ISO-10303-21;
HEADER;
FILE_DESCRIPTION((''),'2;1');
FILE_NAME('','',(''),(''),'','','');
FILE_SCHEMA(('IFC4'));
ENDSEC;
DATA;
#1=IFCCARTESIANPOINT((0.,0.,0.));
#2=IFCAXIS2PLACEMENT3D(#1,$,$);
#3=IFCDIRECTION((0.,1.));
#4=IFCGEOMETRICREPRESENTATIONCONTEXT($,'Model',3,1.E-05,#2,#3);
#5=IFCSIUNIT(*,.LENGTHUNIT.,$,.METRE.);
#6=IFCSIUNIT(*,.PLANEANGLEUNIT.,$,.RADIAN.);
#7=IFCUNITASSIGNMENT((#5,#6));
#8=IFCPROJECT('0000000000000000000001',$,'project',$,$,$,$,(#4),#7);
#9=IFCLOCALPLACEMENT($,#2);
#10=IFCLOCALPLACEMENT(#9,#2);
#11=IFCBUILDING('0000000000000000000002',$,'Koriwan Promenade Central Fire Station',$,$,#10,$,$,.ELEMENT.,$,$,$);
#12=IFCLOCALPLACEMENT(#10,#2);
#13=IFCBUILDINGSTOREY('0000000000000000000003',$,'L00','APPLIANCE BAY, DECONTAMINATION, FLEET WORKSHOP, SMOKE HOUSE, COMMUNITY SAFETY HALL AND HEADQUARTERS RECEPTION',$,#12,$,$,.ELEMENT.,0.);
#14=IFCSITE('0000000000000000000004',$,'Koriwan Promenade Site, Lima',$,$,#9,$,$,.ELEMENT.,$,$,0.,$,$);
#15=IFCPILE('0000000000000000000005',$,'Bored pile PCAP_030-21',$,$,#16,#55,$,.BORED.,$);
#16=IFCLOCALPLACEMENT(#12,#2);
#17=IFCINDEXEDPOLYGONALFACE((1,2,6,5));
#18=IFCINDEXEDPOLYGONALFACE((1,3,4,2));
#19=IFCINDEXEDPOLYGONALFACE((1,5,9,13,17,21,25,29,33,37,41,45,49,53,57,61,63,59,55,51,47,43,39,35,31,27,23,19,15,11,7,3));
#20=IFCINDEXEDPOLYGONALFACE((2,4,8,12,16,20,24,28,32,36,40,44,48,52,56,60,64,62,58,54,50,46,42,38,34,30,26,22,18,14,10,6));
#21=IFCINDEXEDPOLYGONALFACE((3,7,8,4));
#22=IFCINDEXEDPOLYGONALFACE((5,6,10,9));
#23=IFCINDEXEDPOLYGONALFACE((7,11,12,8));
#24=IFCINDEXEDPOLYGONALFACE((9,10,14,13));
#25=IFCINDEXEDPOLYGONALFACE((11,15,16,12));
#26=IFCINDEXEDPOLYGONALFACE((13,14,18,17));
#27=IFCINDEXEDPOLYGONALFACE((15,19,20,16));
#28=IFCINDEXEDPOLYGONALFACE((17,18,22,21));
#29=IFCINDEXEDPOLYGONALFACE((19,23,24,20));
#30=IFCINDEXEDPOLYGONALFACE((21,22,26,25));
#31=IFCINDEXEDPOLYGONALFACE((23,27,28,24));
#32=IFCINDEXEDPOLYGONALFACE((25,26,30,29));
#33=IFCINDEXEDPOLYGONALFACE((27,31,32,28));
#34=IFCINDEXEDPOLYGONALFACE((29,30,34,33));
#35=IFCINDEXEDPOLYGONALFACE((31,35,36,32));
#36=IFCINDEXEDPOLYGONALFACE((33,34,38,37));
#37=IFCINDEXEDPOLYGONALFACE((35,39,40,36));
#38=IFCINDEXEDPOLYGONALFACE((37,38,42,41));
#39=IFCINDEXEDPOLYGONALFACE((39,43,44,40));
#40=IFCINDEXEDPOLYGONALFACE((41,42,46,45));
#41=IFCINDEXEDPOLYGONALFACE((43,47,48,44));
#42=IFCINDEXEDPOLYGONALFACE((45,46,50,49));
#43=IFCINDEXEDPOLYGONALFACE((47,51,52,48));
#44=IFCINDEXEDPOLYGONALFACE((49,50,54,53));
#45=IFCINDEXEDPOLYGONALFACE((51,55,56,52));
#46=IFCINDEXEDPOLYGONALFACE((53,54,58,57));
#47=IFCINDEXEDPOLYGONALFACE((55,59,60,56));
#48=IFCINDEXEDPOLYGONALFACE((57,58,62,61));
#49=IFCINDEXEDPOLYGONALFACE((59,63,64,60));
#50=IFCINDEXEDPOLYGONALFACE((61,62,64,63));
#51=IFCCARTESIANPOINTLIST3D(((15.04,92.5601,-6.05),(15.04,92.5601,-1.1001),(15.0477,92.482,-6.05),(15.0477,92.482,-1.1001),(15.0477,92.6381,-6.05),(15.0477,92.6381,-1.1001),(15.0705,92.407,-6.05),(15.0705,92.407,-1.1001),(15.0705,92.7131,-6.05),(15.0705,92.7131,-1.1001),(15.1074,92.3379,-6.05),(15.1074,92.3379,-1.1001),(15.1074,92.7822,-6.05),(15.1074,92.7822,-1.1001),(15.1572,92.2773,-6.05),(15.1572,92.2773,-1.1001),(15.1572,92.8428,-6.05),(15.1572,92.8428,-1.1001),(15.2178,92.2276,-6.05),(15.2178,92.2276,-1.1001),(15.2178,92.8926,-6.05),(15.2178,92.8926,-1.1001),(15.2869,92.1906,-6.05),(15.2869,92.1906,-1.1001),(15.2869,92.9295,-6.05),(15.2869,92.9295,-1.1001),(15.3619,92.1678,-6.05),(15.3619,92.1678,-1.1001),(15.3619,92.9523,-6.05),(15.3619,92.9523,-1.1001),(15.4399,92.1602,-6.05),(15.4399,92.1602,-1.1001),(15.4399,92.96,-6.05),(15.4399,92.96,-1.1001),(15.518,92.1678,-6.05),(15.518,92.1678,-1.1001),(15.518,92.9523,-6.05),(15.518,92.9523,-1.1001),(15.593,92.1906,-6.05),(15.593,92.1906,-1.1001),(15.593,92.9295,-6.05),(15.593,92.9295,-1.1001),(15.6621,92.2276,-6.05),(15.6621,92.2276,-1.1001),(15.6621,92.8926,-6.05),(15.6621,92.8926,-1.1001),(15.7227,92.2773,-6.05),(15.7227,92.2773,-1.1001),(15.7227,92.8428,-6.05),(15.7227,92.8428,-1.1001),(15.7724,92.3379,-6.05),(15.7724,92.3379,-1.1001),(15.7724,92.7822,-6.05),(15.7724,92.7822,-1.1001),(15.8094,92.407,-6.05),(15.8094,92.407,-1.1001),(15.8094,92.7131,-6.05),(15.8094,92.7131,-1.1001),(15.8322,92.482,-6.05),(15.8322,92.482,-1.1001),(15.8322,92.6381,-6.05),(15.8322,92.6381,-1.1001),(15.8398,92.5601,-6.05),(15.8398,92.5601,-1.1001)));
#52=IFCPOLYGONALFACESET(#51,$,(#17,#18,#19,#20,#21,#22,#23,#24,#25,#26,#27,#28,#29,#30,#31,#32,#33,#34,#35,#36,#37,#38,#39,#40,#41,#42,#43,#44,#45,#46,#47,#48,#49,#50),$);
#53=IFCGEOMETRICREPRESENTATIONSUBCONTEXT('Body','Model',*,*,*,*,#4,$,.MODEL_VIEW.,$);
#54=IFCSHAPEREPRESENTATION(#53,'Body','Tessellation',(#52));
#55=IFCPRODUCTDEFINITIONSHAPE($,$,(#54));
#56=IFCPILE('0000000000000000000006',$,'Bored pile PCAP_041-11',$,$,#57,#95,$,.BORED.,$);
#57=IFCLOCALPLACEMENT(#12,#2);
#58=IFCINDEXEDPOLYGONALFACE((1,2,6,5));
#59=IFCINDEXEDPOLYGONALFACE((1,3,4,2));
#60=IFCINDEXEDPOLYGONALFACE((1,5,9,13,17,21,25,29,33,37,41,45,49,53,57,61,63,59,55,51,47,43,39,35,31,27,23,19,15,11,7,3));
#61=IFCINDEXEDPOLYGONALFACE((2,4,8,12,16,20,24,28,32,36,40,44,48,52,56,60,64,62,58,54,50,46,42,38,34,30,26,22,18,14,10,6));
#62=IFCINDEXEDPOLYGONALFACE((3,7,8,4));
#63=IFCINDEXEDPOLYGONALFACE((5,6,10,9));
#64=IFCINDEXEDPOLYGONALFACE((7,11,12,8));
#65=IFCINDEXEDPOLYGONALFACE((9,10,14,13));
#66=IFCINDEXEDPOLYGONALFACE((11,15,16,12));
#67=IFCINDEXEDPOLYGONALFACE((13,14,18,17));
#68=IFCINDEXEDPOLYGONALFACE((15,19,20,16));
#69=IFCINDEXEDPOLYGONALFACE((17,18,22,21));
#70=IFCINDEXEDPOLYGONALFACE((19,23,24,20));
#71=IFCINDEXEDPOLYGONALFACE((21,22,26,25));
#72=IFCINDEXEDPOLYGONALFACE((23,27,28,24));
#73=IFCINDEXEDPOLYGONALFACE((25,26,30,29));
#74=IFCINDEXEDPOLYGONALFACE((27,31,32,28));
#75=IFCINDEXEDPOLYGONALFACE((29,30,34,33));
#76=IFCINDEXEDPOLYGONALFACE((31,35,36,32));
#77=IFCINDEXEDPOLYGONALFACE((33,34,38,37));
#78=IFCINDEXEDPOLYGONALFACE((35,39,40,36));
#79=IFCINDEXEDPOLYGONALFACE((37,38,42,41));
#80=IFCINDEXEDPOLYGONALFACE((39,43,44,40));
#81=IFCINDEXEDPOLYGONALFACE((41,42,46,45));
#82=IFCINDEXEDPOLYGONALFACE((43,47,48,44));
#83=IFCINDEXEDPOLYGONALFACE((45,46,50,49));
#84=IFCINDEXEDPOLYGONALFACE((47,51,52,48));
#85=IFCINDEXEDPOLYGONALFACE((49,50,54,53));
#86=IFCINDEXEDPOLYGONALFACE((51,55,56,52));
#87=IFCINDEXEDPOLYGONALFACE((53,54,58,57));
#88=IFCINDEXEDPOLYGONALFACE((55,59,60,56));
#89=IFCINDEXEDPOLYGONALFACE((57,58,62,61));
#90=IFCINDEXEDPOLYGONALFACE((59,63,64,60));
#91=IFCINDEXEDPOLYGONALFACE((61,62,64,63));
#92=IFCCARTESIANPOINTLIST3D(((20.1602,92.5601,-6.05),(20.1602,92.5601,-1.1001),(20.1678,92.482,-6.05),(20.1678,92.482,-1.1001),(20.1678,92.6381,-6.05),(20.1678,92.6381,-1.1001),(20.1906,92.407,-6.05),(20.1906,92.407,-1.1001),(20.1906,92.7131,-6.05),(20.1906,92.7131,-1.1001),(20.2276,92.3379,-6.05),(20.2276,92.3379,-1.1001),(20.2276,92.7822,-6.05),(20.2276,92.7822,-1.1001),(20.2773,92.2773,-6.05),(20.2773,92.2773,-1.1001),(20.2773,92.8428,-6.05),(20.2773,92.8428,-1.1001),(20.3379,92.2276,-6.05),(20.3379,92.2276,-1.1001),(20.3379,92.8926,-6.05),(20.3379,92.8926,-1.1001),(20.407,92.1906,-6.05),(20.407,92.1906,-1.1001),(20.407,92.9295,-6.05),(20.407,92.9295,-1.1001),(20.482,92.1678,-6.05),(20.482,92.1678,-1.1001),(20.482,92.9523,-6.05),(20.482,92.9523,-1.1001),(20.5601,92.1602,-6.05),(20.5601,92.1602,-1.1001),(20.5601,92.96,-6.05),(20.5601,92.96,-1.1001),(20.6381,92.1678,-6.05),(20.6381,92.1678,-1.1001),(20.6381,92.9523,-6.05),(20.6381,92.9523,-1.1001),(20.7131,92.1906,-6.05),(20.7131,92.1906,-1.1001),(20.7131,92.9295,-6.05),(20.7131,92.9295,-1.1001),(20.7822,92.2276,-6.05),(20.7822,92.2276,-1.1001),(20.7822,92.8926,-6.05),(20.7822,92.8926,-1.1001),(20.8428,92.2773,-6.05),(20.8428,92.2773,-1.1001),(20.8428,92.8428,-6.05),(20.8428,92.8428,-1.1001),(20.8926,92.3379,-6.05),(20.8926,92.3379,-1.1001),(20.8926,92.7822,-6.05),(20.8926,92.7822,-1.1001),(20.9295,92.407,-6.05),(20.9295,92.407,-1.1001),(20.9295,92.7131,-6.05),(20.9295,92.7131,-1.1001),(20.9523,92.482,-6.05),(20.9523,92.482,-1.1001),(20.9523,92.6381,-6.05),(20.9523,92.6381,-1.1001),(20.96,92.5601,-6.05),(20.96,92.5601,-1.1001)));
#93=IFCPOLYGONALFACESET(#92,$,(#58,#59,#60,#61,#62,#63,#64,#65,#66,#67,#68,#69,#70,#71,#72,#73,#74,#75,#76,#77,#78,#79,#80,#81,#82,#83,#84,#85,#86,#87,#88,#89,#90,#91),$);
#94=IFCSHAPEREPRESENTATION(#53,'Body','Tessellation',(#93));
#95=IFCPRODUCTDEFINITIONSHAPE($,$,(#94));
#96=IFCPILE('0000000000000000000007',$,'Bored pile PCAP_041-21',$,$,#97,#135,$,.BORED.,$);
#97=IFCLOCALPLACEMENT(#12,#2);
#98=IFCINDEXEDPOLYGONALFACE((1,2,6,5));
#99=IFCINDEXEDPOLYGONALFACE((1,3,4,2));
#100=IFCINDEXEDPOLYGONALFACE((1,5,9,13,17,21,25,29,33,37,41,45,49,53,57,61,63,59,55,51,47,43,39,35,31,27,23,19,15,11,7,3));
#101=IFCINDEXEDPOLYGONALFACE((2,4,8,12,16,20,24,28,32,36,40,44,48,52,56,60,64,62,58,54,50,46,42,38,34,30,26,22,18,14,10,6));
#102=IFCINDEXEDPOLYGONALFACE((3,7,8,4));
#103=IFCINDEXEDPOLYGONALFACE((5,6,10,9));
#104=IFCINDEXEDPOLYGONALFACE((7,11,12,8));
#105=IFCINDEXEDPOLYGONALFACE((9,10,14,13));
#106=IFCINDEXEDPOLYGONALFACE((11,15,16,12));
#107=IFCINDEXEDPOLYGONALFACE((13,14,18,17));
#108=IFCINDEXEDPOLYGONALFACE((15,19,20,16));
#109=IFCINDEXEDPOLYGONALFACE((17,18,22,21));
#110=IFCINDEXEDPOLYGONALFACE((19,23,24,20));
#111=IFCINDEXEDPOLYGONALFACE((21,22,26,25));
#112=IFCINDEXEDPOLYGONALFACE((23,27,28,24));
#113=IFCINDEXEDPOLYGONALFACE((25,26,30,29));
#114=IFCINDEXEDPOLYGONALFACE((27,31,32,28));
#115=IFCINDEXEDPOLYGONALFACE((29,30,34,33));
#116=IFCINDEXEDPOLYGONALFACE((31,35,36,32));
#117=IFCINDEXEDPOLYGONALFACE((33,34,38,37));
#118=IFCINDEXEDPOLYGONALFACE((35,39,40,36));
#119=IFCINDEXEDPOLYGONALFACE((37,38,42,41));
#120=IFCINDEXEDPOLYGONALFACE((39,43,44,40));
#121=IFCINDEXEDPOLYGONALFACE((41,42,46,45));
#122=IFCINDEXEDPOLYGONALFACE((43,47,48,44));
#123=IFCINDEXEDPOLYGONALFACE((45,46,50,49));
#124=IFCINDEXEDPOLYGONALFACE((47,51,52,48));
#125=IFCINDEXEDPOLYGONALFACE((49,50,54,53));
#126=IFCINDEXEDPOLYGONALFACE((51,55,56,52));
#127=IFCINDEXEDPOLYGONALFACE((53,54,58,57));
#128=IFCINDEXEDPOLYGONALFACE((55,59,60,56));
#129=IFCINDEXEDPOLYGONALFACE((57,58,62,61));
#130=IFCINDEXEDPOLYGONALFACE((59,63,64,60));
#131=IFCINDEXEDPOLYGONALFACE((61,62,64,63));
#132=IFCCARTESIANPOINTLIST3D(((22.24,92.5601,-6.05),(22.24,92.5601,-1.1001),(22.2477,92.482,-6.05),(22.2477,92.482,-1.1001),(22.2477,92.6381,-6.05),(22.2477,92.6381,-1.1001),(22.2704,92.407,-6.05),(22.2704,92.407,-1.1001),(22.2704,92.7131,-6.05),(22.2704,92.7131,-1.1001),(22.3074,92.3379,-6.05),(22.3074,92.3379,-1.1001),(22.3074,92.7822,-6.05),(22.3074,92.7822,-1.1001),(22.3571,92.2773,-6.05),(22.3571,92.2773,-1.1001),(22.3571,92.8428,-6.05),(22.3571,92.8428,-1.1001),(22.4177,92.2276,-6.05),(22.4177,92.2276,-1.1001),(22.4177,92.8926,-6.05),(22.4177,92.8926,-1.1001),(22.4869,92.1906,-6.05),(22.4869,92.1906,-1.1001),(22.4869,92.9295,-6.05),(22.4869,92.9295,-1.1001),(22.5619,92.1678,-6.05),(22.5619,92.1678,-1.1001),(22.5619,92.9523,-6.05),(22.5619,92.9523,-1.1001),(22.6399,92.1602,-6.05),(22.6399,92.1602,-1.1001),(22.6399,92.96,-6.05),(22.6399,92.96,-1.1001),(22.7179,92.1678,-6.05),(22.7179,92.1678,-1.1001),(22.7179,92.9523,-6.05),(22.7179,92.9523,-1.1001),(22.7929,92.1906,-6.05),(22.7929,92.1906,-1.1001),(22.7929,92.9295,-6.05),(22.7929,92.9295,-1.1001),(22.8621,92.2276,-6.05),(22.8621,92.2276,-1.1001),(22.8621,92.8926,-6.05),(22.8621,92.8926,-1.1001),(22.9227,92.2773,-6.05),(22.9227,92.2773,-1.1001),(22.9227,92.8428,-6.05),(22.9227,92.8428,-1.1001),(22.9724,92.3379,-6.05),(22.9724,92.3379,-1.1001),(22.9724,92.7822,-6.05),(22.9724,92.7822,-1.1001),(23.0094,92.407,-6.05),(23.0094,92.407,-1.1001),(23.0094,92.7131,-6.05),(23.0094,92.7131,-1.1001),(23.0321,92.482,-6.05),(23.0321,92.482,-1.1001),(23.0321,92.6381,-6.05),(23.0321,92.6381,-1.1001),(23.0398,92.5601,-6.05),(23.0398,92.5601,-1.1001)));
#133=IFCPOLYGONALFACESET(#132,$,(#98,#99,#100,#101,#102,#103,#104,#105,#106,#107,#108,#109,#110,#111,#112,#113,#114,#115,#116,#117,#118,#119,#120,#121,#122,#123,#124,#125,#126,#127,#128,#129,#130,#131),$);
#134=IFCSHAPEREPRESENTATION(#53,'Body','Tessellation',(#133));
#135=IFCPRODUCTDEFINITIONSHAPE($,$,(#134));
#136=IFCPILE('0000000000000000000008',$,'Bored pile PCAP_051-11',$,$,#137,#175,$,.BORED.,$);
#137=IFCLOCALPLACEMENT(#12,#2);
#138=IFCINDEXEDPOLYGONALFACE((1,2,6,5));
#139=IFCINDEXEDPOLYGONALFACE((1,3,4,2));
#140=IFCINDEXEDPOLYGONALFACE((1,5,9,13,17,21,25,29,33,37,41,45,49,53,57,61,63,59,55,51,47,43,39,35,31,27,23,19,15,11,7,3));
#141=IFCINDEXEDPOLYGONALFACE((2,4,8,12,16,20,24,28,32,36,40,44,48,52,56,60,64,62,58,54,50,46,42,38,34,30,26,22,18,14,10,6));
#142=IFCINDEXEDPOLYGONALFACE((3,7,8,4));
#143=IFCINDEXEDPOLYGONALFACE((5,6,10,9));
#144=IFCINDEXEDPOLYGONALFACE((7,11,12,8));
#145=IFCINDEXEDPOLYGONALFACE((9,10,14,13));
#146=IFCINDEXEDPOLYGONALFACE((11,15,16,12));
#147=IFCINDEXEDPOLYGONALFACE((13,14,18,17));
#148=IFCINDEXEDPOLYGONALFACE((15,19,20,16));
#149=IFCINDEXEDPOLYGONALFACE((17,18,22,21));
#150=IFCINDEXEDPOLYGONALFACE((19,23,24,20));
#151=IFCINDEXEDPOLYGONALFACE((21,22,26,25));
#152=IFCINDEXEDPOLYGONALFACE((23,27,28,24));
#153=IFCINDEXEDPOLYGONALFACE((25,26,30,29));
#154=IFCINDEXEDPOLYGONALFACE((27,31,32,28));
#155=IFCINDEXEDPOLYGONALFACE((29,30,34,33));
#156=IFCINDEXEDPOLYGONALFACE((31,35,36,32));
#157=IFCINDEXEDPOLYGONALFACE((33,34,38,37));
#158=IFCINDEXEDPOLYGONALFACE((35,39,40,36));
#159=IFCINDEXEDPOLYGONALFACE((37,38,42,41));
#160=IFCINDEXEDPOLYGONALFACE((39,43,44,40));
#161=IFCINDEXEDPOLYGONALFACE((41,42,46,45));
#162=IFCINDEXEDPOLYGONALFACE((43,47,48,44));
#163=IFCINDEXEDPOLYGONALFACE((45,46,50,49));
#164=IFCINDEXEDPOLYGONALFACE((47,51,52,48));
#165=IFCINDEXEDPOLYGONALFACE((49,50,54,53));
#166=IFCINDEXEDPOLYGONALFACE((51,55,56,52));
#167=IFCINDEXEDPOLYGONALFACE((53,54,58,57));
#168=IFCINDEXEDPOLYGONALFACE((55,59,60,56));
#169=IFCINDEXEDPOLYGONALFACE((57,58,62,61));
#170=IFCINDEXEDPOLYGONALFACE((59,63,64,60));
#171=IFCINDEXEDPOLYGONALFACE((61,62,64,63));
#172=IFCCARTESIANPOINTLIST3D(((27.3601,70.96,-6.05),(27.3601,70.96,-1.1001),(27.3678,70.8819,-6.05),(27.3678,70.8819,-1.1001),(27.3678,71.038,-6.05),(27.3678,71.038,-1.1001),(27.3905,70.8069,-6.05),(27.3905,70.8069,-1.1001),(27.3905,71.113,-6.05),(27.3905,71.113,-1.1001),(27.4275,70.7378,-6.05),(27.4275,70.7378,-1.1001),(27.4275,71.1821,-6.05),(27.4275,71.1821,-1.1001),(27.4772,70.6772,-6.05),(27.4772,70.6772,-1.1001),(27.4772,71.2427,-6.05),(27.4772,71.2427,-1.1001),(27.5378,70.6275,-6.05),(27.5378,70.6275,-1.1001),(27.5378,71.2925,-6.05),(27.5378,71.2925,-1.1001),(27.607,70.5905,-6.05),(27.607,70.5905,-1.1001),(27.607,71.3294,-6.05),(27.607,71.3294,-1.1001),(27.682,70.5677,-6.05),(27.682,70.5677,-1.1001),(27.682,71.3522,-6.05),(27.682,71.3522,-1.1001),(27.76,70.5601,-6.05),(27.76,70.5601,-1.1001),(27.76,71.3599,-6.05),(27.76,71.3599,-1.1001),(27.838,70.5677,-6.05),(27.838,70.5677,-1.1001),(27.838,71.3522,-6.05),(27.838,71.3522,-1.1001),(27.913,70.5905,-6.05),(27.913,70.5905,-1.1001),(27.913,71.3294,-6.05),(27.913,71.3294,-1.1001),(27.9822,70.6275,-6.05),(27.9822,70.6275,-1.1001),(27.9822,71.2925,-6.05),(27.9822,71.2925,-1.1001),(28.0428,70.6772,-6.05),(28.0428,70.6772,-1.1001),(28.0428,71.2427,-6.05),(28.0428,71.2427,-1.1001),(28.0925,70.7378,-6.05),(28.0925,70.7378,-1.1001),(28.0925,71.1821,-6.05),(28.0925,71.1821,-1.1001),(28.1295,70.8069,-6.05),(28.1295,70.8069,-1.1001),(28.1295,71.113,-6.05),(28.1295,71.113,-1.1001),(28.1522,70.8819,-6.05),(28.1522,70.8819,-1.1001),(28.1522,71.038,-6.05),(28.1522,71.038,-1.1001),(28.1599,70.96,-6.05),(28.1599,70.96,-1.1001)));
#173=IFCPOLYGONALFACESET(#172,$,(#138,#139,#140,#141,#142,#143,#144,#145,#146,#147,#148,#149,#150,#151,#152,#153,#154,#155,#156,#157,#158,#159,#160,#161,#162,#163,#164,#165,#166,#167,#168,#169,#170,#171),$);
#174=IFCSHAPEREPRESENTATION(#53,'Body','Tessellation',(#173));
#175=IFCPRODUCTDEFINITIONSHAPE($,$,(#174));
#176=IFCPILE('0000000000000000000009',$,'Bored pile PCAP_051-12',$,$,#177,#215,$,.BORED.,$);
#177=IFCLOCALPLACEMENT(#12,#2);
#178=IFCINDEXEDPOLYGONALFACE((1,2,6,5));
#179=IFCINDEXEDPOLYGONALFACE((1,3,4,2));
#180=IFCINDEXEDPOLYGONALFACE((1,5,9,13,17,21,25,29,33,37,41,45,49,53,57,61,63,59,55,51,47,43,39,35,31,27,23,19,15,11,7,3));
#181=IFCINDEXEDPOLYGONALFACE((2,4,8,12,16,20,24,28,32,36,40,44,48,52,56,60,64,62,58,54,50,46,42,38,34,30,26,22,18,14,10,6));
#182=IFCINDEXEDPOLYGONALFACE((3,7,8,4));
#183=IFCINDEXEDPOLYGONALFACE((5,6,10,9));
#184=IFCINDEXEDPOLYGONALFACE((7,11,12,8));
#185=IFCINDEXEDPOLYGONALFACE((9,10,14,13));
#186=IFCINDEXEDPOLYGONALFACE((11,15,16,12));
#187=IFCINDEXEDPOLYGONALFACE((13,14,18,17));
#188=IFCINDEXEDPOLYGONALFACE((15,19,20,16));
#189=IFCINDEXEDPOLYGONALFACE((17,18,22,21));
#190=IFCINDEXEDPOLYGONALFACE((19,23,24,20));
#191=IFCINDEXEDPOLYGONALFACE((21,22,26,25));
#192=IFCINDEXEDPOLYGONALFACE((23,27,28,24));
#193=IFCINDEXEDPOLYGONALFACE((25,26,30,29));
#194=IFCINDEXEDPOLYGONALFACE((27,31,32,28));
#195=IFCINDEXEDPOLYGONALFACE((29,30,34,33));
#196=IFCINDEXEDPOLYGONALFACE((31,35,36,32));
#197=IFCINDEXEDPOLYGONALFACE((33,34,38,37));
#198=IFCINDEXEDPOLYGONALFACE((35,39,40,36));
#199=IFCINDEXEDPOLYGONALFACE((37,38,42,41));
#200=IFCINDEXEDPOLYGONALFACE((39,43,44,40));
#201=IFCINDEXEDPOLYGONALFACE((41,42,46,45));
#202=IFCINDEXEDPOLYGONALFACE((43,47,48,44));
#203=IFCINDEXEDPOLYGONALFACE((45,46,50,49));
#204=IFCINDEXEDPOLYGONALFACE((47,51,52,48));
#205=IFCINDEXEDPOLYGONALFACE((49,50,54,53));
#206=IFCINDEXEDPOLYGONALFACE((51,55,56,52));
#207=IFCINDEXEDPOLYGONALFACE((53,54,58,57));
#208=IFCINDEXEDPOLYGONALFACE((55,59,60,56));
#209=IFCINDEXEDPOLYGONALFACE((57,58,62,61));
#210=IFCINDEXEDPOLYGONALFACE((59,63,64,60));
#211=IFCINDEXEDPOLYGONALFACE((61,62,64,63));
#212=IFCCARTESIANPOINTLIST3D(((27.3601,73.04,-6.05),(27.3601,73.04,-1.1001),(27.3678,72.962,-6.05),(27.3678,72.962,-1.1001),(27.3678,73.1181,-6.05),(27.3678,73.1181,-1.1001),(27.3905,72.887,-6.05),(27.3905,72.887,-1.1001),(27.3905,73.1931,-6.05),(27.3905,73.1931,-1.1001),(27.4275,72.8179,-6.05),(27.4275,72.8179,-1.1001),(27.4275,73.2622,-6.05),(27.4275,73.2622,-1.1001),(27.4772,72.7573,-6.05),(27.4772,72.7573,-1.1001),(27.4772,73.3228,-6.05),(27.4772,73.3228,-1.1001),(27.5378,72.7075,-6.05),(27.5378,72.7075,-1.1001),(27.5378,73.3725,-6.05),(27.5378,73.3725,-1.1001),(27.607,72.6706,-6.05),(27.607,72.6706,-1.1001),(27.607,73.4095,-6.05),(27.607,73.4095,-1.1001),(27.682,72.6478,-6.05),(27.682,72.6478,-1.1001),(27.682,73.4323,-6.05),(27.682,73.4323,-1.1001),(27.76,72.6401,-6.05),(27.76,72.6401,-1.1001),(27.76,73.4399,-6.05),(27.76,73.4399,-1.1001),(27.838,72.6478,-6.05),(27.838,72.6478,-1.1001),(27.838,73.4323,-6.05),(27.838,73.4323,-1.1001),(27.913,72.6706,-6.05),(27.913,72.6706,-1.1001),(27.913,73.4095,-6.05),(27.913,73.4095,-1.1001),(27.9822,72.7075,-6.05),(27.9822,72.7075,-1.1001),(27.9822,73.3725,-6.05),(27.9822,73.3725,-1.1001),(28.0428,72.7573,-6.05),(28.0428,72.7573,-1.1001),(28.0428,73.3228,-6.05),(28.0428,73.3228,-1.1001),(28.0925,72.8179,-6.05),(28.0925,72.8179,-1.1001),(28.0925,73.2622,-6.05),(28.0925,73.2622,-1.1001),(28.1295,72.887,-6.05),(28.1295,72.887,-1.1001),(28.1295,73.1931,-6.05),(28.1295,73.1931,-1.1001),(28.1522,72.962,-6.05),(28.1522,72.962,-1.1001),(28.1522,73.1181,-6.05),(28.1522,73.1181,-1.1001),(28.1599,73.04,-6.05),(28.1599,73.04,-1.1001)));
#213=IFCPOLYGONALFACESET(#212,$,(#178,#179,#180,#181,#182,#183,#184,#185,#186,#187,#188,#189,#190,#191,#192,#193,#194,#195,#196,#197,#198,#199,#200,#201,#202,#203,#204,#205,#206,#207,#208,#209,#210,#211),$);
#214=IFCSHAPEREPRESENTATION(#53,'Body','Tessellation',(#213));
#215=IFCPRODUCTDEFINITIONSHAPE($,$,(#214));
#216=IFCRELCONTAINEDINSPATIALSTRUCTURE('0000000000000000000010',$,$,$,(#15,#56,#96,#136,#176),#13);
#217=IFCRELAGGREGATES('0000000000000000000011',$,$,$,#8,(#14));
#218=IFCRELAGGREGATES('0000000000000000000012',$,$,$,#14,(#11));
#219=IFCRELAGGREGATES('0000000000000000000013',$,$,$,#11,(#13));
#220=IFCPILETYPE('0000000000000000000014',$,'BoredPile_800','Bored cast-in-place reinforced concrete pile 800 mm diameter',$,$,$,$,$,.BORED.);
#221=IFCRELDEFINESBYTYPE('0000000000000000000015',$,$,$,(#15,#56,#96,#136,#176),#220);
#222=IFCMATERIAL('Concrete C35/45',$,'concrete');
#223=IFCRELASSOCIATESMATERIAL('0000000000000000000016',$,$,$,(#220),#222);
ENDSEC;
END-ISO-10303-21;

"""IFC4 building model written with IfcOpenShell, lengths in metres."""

from ifc_helpers import new_model, si_unit, direction, frame, origin, origin_2d, place, context, subcontext, project, spatial, circle, extrude, material, material_profile, profile_set, type_object, element, save


model = new_model("IFC4")

# Units and contexts
model_context = context("Model", 3, precision=1e-05, world=origin(), true_north=direction((0.0, 1.0)))
body_context = subcontext(model_context, "Body", "Model", "MODEL_VIEW")
ifc_project = project(units=[si_unit("LENGTHUNIT", "METRE"), si_unit("PLANEANGLEUNIT", "RADIAN")], contexts=[model_context])

# Site, building, storey
site_placement = place(None, origin())
site = spatial("IfcSite", under=ifc_project, at=site_placement, Name="Koriwan Promenade Site, Lima", CompositionType="ELEMENT", RefElevation=0.0)
building_placement = place(site_placement, origin())
building = spatial("IfcBuilding", under=site, at=building_placement, Name="Koriwan Promenade Central Fire Station", CompositionType="ELEMENT")
storey_placement = place(building_placement, origin())
storey = spatial("IfcBuildingStorey", under=building, at=storey_placement, Name="L00", Description="APPLIANCE BAY, DECONTAMINATION, FLEET WORKSHOP, SMOKE HOUSE, COMMUNITY SAFETY HALL AND HEADQUARTERS RECEPTION", CompositionType="ELEMENT", Elevation=0.0)

# Piles
ifc_material_1 = material(Name="Concrete C35/45", Category="concrete")
ifc_material_profile_1 = material_profile(ifc_material_1, circle(Radius=0.3999, at=origin_2d()), Name="PILE-D800")
ifc_profile_set_1 = profile_set([ifc_material_profile_1], Name="Concrete C35/45")
pile_type = type_object("IfcPileType", Name="BoredPile_800", Description="Bored cast-in-place reinforced concrete pile 800 mm diameter", PredefinedType="BORED", material=ifc_profile_set_1)
for number, where, z_axis, x_axis, name in (
    (1, (15.4399, 92.5601, -1.1001), (0.0, 0.0, -1.0), (1.0, 0.0, 0.0), "Bored pile PCAP_030-21"),
    (2, (20.5601, 92.5601, -1.1001), (0.0, 0.0, -1.0), (1.0, 0.0, 0.0), "Bored pile PCAP_041-11"),
    (3, (22.6399, 92.5601, -1.1001), (0.0, 0.0, -1.0), (1.0, 0.0, 0.0), "Bored pile PCAP_041-21"),
    (4, (27.76, 70.96, -1.1001), (0.0, 0.0, -1.0), (1.0, 0.0, 0.0), "Bored pile PCAP_051-11"),
    (5, (27.76, 73.04, -1.1001), (0.0, 0.0, -1.0), (1.0, 0.0, 0.0), "Bored pile PCAP_051-12"),
):
    element("IfcPile", number, at=place(storey_placement, frame(where, z_axis=z_axis, x_axis=x_axis)), inside=storey, type_object=pile_type, Name=name, PredefinedType="BORED", context=body_context, shape_type="SweptSolid", body=[
        extrude(circle(Radius=0.3999, at=origin_2d()), origin(), (0.0, 0.0, 1.0), 4.95),
    ])

save(model, "model.ifc")
